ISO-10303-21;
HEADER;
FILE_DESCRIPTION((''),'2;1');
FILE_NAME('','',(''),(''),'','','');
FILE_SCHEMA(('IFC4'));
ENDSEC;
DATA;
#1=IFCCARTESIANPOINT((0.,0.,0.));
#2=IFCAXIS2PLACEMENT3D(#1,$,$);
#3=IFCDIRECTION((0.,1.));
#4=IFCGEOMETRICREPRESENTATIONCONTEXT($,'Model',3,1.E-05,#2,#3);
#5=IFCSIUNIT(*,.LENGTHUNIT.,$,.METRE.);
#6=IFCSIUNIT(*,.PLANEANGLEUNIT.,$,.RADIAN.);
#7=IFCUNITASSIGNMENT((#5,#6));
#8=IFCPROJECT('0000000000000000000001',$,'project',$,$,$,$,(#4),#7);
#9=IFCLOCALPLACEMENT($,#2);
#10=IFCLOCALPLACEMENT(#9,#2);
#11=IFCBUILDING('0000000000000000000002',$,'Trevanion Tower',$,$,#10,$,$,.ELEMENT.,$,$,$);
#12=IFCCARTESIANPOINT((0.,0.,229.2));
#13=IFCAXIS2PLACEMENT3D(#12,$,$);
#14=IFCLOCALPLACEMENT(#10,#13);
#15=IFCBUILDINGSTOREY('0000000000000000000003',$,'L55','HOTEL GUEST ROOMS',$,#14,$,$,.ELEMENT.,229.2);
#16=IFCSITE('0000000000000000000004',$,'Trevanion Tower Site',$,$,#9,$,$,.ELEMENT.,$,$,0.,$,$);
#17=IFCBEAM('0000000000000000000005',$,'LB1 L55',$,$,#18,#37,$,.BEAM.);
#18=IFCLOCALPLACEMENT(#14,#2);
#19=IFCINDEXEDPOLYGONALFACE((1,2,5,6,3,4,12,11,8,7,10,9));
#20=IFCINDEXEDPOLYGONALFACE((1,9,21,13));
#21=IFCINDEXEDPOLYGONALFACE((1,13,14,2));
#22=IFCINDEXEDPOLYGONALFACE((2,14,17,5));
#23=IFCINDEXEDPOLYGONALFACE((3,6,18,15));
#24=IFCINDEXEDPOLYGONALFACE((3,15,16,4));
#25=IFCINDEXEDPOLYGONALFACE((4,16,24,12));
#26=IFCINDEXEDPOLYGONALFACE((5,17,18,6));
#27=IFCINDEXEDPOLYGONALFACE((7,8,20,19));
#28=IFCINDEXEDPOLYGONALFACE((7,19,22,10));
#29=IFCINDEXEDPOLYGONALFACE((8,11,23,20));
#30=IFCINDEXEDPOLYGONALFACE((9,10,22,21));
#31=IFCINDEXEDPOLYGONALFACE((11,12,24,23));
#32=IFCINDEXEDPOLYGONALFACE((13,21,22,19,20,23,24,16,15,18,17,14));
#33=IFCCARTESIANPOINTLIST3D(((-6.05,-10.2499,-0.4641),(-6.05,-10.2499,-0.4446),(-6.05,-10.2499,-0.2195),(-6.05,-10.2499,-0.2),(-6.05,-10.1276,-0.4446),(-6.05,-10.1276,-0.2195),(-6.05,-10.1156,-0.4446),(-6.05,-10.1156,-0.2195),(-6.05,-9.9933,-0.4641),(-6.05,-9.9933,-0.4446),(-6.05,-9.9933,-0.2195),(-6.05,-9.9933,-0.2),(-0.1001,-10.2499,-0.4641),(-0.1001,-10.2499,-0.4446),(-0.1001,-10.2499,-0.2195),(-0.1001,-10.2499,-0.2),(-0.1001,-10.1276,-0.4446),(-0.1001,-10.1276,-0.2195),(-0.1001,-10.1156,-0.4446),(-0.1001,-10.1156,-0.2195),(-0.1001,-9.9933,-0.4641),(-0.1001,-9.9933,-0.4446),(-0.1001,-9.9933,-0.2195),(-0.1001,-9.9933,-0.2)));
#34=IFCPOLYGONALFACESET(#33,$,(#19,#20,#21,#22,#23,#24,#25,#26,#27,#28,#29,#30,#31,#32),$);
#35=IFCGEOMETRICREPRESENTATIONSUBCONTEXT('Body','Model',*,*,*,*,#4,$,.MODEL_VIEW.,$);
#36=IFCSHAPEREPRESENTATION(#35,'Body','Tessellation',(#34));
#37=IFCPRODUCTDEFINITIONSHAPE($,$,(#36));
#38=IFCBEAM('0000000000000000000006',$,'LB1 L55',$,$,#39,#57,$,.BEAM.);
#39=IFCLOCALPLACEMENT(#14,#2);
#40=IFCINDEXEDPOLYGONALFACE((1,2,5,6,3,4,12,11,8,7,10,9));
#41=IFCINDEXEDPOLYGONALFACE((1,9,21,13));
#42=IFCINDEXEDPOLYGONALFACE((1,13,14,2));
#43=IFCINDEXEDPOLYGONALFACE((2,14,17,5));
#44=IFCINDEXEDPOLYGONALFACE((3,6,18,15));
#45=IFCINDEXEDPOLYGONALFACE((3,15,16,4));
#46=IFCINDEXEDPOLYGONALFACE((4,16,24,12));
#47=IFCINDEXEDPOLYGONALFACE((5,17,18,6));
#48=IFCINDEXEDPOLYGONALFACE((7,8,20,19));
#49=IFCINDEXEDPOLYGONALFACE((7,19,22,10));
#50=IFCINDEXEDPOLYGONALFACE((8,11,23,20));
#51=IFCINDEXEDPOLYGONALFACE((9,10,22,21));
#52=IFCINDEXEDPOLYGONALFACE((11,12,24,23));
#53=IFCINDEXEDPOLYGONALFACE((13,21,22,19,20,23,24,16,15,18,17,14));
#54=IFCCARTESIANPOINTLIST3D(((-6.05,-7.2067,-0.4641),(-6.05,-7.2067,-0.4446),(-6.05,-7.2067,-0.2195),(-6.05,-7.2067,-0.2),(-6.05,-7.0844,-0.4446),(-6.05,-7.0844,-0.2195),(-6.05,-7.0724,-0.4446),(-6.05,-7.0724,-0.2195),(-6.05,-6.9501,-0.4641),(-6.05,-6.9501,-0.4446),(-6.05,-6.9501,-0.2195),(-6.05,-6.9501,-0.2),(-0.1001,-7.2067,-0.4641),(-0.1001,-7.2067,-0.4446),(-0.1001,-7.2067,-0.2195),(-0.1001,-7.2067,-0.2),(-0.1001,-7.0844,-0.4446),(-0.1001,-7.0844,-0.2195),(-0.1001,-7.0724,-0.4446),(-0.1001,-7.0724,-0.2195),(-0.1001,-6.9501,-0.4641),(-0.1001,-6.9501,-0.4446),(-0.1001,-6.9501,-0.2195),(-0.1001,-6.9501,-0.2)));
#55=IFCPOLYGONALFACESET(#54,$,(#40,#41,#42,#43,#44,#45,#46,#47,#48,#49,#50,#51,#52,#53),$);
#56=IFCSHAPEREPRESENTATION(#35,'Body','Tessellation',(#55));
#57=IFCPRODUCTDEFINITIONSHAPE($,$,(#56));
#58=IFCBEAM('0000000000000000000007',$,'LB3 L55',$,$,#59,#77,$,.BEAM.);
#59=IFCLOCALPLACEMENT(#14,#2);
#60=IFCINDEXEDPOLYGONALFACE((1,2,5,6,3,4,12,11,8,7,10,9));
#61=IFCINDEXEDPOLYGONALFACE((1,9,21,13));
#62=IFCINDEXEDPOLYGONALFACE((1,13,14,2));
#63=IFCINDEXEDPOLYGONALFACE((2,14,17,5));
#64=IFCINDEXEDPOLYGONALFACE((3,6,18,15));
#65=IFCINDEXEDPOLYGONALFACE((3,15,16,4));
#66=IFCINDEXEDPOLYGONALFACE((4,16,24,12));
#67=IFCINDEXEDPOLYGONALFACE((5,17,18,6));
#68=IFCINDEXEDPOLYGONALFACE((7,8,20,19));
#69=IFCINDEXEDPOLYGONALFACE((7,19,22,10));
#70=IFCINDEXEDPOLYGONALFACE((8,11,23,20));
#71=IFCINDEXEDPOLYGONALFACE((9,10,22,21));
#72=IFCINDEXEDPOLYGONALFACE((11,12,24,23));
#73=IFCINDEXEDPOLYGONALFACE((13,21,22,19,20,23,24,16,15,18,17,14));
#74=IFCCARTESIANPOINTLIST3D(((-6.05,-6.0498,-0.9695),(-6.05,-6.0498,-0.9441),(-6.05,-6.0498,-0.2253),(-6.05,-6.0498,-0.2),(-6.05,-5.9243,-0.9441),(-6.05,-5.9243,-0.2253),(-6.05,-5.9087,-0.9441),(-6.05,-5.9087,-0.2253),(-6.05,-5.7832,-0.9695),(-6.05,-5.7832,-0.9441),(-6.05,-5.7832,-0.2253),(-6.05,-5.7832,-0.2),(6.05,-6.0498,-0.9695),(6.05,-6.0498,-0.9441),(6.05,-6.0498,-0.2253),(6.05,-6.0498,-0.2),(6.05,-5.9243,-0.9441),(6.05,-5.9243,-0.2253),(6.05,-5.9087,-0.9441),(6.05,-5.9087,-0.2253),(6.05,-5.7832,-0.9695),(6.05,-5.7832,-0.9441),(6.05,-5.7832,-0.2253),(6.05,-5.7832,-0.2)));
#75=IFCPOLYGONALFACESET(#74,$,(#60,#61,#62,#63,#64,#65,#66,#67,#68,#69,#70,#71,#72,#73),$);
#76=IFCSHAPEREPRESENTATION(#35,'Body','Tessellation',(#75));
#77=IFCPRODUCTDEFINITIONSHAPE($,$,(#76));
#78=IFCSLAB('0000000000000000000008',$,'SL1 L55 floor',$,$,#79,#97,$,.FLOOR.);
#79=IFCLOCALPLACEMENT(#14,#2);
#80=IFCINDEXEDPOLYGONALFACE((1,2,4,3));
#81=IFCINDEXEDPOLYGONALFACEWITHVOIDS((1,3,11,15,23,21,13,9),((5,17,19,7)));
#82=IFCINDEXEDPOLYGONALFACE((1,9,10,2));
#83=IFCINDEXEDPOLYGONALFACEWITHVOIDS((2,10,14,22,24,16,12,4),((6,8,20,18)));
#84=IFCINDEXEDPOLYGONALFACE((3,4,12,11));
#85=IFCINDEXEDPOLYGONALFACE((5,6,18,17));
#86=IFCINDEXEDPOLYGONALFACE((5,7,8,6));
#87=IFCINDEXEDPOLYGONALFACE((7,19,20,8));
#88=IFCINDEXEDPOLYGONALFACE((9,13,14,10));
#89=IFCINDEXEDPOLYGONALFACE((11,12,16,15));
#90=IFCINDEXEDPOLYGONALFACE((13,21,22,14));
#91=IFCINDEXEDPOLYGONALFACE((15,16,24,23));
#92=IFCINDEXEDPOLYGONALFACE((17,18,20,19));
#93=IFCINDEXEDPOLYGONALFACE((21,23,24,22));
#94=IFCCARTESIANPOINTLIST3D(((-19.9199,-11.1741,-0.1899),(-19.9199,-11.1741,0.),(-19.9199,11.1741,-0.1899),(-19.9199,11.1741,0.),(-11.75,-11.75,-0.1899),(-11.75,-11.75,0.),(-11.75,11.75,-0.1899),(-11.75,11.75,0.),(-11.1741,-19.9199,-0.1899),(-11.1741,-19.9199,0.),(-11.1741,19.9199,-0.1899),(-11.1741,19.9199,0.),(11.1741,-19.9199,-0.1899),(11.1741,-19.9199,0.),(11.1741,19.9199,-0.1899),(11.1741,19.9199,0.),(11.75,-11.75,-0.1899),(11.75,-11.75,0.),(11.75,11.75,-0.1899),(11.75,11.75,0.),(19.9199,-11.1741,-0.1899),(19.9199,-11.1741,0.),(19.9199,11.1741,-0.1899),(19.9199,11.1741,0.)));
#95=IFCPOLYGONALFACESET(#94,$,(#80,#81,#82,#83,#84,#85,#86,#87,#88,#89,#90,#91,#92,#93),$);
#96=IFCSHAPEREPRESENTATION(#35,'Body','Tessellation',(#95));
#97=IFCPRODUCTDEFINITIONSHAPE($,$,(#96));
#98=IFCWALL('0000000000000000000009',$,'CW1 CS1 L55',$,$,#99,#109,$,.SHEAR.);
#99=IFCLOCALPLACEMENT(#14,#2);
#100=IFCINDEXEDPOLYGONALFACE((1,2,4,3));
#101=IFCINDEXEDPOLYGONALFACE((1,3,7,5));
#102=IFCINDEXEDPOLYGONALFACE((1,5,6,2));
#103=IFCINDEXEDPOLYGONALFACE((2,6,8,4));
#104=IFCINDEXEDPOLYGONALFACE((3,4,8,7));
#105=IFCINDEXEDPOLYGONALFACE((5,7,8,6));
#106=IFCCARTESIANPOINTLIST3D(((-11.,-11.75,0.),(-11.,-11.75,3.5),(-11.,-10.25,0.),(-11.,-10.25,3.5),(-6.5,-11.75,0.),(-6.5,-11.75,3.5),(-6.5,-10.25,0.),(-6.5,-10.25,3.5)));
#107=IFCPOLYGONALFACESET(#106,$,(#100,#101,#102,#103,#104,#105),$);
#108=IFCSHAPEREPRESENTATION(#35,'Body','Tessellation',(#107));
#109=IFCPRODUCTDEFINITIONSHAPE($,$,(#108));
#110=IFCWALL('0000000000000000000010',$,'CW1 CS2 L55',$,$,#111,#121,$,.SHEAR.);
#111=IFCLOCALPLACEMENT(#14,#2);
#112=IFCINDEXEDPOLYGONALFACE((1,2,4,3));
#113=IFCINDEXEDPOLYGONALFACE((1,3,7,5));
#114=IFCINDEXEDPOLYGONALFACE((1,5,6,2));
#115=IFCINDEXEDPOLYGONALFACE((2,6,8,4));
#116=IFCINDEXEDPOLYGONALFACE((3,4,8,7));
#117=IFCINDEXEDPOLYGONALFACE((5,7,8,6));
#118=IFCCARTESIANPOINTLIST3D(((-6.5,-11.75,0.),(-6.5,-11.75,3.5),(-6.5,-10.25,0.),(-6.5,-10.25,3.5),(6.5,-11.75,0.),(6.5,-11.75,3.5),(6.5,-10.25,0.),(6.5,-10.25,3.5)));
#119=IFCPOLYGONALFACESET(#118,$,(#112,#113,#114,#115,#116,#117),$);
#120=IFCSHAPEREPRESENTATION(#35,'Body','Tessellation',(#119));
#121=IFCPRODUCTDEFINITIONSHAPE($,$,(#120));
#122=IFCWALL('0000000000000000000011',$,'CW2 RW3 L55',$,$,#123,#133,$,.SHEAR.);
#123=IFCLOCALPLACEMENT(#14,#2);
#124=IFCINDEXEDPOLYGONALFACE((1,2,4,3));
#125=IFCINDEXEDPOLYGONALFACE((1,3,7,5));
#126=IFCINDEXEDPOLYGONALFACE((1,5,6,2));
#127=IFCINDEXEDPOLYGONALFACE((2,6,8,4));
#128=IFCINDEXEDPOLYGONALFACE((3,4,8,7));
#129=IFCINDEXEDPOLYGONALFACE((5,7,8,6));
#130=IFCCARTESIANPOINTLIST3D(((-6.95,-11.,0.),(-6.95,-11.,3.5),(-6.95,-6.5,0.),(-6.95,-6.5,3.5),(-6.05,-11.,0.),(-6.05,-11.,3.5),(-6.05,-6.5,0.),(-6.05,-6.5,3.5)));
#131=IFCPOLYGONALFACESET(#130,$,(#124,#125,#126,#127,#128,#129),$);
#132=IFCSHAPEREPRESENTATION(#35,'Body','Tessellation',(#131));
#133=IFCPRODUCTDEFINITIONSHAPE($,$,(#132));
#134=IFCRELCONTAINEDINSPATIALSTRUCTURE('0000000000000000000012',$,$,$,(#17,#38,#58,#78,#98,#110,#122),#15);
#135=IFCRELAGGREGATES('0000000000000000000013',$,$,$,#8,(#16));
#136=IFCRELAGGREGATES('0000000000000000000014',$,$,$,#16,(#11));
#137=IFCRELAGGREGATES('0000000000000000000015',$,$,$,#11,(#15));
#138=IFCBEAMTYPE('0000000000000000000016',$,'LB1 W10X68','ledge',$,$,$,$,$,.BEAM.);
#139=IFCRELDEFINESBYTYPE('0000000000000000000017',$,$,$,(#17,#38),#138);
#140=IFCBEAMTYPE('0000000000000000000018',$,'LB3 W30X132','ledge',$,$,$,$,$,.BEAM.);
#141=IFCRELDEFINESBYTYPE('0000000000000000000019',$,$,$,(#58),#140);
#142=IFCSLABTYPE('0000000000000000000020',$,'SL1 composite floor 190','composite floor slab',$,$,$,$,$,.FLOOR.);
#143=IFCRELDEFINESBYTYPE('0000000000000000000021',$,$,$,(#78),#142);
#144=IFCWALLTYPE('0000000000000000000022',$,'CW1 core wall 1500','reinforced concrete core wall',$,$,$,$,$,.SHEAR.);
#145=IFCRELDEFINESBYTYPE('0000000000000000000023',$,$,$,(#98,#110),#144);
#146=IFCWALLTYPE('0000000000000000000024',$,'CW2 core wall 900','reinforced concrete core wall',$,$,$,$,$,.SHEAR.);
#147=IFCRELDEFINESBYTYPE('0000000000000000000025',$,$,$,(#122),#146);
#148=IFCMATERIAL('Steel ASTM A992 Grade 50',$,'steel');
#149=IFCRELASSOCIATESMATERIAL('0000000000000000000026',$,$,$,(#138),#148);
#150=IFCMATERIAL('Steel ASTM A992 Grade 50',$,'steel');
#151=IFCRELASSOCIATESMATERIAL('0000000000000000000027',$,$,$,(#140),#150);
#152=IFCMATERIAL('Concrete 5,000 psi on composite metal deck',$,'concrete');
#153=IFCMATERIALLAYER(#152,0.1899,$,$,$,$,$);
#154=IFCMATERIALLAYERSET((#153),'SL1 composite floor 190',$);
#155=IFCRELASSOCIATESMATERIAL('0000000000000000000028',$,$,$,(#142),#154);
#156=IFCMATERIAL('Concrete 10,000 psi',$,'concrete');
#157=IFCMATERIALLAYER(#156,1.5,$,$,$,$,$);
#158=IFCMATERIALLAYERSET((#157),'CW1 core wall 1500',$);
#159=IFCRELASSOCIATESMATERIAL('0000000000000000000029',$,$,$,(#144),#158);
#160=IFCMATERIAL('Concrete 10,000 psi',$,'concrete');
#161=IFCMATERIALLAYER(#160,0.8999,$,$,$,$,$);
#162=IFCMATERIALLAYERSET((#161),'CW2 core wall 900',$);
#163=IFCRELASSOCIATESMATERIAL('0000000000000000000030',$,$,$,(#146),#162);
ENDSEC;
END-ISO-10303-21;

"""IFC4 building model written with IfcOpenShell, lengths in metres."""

from ifc_helpers import new_model, si_unit, direction, frame, frame_2d, origin, origin_2d, place, context, subcontext, project, spatial, polyline, rectangle, i_section, outline, extrude, material, layer, layer_set, material_profile, profile_set, type_object, element, save


model = new_model("IFC4")

# Units and contexts
model_context = context("Model", 3, precision=1e-05, world=origin(), true_north=direction((0.0, 1.0)))
body_context = subcontext(model_context, "Body", "Model", "MODEL_VIEW")
ifc_project = project(units=[si_unit("LENGTHUNIT", "METRE"), si_unit("PLANEANGLEUNIT", "RADIAN")], contexts=[model_context])

# Site, building, storey
site_placement = place(None, origin())
site = spatial("IfcSite", under=ifc_project, at=site_placement, Name="Trevanion Tower Site", CompositionType="ELEMENT", RefElevation=0.0)
building_placement = place(site_placement, origin())
building = spatial("IfcBuilding", under=site, at=building_placement, Name="Trevanion Tower", CompositionType="ELEMENT")
storey_placement = place(building_placement, frame((0.0, 0.0, 229.2)))
storey = spatial("IfcBuildingStorey", under=building, at=storey_placement, Name="L55", Description="HOTEL GUEST ROOMS", CompositionType="ELEMENT", Elevation=229.2)

# Beams
ifc_material_1 = material(Name="Steel ASTM A992 Grade 50", Category="steel")
ifc_material_profile_1 = material_profile(ifc_material_1, i_section(OverallWidth=0.2566, OverallDepth=0.2642, WebThickness=0.012, FlangeThickness=0.0195, at=origin_2d()), Name="W10X68")
ifc_profile_set_1 = profile_set([ifc_material_profile_1], Name="Steel ASTM A992 Grade 50")
beam_type_1 = type_object("IfcBeamType", Name="LB1 W10X68", Description="ledge", PredefinedType="BEAM", material=ifc_profile_set_1)
for number, where, z_axis, x_axis, name in (
    (1, (-6.05, -10.1216, -0.332), (1.0, 0.0, 0.0), (0.0, 1.0, 0.0), "LB1 L55"),
    (2, (-6.05, -7.0784, -0.332), (1.0, 0.0, 0.0), (0.0, 1.0, 0.0), "LB1 L55"),
):
    element("IfcBeam", number, at=place(storey_placement, frame(where, z_axis=z_axis, x_axis=x_axis)), inside=storey, type_object=beam_type_1, Name=name, PredefinedType="BEAM", context=body_context, shape_type="SweptSolid", body=[
        extrude(i_section(OverallWidth=0.2566, OverallDepth=0.2642, WebThickness=0.012, FlangeThickness=0.0195, at=origin_2d()), origin(), (0.0, 0.0, 1.0), 5.95),
    ])
ifc_material_2 = material(Name="Steel ASTM A992 Grade 50", Category="steel")
ifc_material_profile_2 = material_profile(ifc_material_2, i_section(OverallWidth=0.2666, OverallDepth=0.7695, WebThickness=0.0156, FlangeThickness=0.0254, at=origin_2d()), Name="W30X132")
ifc_profile_set_2 = profile_set([ifc_material_profile_2], Name="Steel ASTM A992 Grade 50")
beam_type_2 = type_object("IfcBeamType", Name="LB3 W30X132", Description="ledge", PredefinedType="BEAM", material=ifc_profile_set_2)
beam_1_placement = place(storey_placement, frame((-6.05, -5.9165, -0.5847), z_axis=(1.0, 0.0, 0.0), x_axis=(0.0, 1.0, 0.0)))
element("IfcBeam", 3, at=beam_1_placement, inside=storey, type_object=beam_type_2, Name="LB3 L55", PredefinedType="BEAM", context=body_context, shape_type="SweptSolid", body=[
    extrude(i_section(OverallWidth=0.2666, OverallDepth=0.7695, WebThickness=0.0156, FlangeThickness=0.0254, at=origin_2d()), origin(), (0.0, 0.0, 1.0), 12.1001),
])

# Slab
ifc_material_3 = material(Name="Concrete 5,000 psi on composite metal deck", Category="concrete")
ifc_layer_1 = layer(ifc_material_3, 0.1899)
ifc_layer_set_1 = layer_set([ifc_layer_1], Name="SL1 composite floor 190")
slab_type = type_object("IfcSlabType", Name="SL1 composite floor 190", Description="composite floor slab", PredefinedType="FLOOR", material=ifc_layer_set_1)
slab_placement = place(storey_placement, frame((0.0, 0.0, -0.1899)))
element("IfcSlab", 4, at=slab_placement, inside=storey, type_object=slab_type, Name="SL1 L55 floor", PredefinedType="FLOOR", context=body_context, shape_type="SweptSolid", body=[
    extrude(outline(polyline([(19.9199, -11.1741), (19.9199, 11.1741), (11.1741, 19.9199), (-11.1741, 19.9199), (-19.9199, 11.1741), (-19.9199, -11.1741), (-11.1741, -19.9199), (11.1741, -19.9199), (19.9199, -11.1741)]), holes=[polyline([(11.75, -11.75), (11.75, 11.75), (-11.75, 11.75), (-11.75, -11.75), (11.75, -11.75)])]), origin(), (0.0, 0.0, 1.0), 0.1899),
])

# Walls
ifc_material_4 = material(Name="Concrete 10,000 psi", Category="concrete")
ifc_layer_2 = layer(ifc_material_4, 1.5)
ifc_layer_set_2 = layer_set([ifc_layer_2], Name="CW1 core wall 1500")
wall_type_1 = type_object("IfcWallType", Name="CW1 core wall 1500", Description="reinforced concrete core wall", PredefinedType="SHEAR", material=ifc_layer_set_2)
wall_1_placement = place(storey_placement, frame((-11.0, -11.0, 0.0), z_axis=(0.0, 0.0, 1.0), x_axis=(1.0, 0.0, 0.0)))
element("IfcWall", 5, at=wall_1_placement, inside=storey, type_object=wall_type_1, Name="CW1 CS1 L55", PredefinedType="SHEAR", context=body_context, shape_type="SweptSolid", body=[
    extrude(rectangle(XDim=4.5, YDim=1.5, at=frame_2d((2.25, 0.0))), origin(), (0.0, 0.0, 1.0), 3.5),
])
wall_2_placement = place(storey_placement, frame((-6.5, -11.0, 0.0), z_axis=(0.0, 0.0, 1.0), x_axis=(1.0, 0.0, 0.0)))
element("IfcWall", 6, at=wall_2_placement, inside=storey, type_object=wall_type_1, Name="CW1 CS2 L55", PredefinedType="SHEAR", context=body_context, shape_type="SweptSolid", body=[
    extrude(rectangle(XDim=13.0, YDim=1.5, at=frame_2d((6.5, 0.0))), origin(), (0.0, 0.0, 1.0), 3.5),
])
ifc_material_5 = material(Name="Concrete 10,000 psi", Category="concrete")
ifc_layer_3 = layer(ifc_material_5, 0.8999)
ifc_layer_set_3 = layer_set([ifc_layer_3], Name="CW2 core wall 900")
wall_type_2 = type_object("IfcWallType", Name="CW2 core wall 900", Description="reinforced concrete core wall", PredefinedType="SHEAR", material=ifc_layer_set_3)
wall_3_placement = place(storey_placement, frame((-6.5, -6.5, 0.0), z_axis=(0.0, 0.0, 1.0), x_axis=(0.0, -1.0, 0.0)))
element("IfcWall", 7, at=wall_3_placement, inside=storey, type_object=wall_type_2, Name="CW2 RW3 L55", PredefinedType="SHEAR", context=body_context, shape_type="SweptSolid", body=[
    extrude(rectangle(XDim=4.5, YDim=0.8999, at=frame_2d((2.25, 0.0))), origin(), (0.0, 0.0, 1.0), 3.5),
])

save(model, "model.ifc")
